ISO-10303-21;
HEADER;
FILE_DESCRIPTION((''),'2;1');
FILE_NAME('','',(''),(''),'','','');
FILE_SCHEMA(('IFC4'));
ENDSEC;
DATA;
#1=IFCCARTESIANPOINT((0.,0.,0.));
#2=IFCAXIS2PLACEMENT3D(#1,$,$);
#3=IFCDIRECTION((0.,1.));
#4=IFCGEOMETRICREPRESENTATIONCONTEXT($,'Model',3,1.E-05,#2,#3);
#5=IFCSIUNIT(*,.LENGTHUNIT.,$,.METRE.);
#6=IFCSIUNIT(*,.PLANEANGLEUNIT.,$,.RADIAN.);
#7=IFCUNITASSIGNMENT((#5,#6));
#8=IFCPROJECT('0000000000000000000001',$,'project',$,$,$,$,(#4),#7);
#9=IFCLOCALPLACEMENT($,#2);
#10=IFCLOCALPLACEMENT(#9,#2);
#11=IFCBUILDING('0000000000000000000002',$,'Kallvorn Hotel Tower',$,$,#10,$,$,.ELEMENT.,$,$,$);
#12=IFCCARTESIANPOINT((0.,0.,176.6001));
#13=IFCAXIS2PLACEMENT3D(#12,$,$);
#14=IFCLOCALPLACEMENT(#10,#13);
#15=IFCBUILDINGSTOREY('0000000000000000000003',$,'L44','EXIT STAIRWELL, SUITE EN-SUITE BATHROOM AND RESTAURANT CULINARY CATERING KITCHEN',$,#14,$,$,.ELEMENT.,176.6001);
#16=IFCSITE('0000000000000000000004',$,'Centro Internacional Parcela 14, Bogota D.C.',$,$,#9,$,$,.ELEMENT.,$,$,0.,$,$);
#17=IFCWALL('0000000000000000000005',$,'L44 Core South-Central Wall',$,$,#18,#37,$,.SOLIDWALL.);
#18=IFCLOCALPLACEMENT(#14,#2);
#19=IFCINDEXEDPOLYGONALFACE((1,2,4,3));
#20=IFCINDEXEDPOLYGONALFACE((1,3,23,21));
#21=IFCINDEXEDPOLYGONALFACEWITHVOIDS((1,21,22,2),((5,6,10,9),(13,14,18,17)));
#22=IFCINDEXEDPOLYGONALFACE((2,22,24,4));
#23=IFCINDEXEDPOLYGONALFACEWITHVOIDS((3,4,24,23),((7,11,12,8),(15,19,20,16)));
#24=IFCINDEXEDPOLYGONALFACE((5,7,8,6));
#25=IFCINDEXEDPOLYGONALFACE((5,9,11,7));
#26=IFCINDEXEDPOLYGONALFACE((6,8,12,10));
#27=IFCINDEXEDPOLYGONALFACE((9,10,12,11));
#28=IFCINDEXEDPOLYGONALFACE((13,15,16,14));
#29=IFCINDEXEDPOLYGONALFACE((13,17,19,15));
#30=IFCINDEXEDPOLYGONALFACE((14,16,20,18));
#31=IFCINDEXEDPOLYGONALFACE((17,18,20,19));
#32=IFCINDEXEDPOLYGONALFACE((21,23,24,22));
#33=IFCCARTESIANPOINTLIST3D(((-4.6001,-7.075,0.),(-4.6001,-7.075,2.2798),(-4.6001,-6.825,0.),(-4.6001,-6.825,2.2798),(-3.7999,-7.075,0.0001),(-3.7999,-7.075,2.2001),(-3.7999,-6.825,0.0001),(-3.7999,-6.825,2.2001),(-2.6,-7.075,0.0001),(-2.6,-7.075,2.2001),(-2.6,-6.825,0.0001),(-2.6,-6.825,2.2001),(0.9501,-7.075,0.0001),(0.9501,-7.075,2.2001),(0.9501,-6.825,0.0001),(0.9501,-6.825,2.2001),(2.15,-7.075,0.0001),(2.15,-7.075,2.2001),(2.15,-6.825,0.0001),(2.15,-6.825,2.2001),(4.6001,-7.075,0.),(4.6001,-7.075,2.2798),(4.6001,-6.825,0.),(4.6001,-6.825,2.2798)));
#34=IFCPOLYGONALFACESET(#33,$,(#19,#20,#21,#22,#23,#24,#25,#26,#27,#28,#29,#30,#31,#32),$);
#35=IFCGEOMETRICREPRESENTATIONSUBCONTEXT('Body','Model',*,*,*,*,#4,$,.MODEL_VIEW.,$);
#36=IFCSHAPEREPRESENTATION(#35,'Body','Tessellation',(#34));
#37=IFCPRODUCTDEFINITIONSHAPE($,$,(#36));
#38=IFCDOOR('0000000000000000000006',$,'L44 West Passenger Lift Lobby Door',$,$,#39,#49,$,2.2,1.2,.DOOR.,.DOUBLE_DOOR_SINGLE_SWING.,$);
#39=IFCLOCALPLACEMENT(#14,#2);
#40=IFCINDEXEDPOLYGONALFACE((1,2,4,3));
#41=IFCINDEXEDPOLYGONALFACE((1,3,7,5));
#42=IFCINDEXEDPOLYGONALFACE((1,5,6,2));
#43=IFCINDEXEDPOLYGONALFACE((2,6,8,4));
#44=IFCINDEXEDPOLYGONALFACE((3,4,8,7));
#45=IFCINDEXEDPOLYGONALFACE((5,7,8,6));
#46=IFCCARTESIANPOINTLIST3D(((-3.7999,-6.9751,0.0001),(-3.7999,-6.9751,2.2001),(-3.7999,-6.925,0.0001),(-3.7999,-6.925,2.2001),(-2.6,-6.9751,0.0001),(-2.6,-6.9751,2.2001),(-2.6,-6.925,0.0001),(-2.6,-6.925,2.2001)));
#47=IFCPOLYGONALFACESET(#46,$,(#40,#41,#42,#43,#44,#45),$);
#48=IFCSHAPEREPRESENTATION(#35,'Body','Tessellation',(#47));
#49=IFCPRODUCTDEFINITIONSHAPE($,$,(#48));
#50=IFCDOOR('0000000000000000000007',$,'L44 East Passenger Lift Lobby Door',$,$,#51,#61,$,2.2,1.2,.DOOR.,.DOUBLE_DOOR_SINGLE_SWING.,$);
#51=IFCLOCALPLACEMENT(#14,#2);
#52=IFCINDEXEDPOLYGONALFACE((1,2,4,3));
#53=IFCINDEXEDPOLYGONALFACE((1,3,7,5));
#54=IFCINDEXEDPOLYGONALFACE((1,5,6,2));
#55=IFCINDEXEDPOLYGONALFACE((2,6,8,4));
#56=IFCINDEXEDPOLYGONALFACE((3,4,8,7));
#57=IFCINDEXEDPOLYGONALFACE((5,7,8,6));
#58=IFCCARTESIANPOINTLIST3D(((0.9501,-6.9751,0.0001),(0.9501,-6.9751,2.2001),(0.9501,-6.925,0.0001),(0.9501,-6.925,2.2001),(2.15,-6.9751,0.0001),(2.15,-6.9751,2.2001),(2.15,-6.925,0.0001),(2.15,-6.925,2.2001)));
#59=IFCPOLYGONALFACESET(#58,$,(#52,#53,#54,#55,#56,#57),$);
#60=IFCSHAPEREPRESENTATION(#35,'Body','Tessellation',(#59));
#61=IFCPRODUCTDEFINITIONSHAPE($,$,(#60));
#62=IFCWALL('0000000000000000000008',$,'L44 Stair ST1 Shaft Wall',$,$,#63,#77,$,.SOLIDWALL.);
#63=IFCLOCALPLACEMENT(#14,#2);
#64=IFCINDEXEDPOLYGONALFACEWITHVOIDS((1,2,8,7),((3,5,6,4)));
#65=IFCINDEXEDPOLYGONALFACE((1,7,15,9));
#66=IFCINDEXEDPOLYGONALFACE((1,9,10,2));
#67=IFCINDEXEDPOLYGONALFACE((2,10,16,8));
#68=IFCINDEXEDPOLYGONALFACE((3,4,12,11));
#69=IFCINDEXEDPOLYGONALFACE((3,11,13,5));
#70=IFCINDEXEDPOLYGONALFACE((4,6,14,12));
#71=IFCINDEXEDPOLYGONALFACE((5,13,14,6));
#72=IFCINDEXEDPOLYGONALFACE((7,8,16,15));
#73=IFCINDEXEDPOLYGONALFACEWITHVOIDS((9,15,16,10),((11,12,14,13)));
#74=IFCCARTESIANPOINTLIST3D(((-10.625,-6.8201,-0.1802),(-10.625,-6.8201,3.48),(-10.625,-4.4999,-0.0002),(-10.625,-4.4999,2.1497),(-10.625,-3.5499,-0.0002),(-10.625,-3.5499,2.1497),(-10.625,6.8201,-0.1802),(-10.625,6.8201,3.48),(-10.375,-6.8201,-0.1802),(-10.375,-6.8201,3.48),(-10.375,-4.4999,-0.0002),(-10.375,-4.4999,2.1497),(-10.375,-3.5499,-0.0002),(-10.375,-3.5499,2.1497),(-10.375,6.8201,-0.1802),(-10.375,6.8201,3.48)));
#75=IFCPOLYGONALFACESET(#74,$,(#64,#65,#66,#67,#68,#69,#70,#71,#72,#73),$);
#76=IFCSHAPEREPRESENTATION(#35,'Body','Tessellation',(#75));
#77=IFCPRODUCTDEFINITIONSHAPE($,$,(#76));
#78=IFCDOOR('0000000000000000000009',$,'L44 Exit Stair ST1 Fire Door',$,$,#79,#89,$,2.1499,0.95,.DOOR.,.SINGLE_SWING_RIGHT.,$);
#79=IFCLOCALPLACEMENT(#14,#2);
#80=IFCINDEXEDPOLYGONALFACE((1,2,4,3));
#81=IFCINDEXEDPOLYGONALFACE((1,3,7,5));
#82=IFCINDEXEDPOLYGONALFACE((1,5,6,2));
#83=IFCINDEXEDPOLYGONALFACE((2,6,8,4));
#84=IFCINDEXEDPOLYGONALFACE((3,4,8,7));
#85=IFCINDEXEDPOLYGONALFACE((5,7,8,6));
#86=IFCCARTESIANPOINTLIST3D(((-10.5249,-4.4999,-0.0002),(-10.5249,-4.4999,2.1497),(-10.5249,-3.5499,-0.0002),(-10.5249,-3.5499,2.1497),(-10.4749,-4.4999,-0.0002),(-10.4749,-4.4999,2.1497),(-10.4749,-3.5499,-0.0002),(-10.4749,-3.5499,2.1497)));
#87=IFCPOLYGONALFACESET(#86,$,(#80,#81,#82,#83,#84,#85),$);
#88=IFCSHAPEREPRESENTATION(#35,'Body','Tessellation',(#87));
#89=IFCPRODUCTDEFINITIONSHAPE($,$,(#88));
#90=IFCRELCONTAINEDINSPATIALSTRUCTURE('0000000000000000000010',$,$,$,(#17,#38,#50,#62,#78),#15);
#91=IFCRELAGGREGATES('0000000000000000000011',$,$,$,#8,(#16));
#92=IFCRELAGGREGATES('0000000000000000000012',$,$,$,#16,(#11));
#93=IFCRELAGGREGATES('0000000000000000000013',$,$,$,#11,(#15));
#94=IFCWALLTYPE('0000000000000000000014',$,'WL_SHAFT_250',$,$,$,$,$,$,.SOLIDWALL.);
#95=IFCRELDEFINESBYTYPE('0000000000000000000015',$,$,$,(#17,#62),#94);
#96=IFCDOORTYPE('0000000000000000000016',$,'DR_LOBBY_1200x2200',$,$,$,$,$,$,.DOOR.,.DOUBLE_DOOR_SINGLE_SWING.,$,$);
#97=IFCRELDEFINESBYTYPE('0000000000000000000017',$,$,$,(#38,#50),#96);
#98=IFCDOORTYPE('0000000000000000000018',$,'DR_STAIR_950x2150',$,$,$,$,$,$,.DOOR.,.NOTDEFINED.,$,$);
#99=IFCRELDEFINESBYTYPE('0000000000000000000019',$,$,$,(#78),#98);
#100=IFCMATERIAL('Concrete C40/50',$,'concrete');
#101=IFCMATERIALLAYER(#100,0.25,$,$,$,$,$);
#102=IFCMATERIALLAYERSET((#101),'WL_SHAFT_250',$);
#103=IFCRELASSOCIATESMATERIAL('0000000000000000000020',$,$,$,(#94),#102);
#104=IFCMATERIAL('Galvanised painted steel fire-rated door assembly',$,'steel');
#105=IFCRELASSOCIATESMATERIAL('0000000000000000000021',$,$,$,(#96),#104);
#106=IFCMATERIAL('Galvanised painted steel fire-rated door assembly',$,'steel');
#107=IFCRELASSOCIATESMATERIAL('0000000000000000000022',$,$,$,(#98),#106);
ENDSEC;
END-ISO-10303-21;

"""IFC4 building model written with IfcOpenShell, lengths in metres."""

from ifc_helpers import new_model, si_unit, direction, frame, frame_2d, origin, place, context, subcontext, project, spatial, rectangle, extrude, material, layer, layer_set, type_object, element, fill, save


model = new_model("IFC4")

# Units and contexts
model_context = context("Model", 3, precision=1e-05, world=origin(), true_north=direction((0.0, 1.0)))
body_context = subcontext(model_context, "Body", "Model", "MODEL_VIEW")
ifc_project = project(units=[si_unit("LENGTHUNIT", "METRE"), si_unit("PLANEANGLEUNIT", "RADIAN")], contexts=[model_context])

# Site, building, storey
site_placement = place(None, origin())
site = spatial("IfcSite", under=ifc_project, at=site_placement, Name="Centro Internacional Parcela 14, Bogota D.C.", CompositionType="ELEMENT", RefElevation=0.0)
building_placement = place(site_placement, origin())
building = spatial("IfcBuilding", under=site, at=building_placement, Name="Kallvorn Hotel Tower", CompositionType="ELEMENT")
storey_placement = place(building_placement, frame((0.0, 0.0, 176.6001)))
storey = spatial("IfcBuildingStorey", under=building, at=storey_placement, Name="L44", Description="EXIT STAIRWELL, SUITE EN-SUITE BATHROOM AND RESTAURANT CULINARY CATERING KITCHEN", CompositionType="ELEMENT", Elevation=176.6001)

# Wall, openings, doors
ifc_material_1 = material(Name="Concrete C40/50", Category="concrete")
ifc_layer_1 = layer(ifc_material_1, 0.25)
ifc_layer_set_1 = layer_set([ifc_layer_1], Name="WL_SHAFT_250")
wall_type_1 = type_object("IfcWallType", Name="WL_SHAFT_250", PredefinedType="SOLIDWALL", material=ifc_layer_set_1)
wall_1_placement = place(storey_placement, frame((-4.6001, -6.95, 0.0), z_axis=(0.0, 0.0, 1.0), x_axis=(1.0, 0.0, 0.0)))
wall_1 = element("IfcWall", 1, at=wall_1_placement, inside=storey, type_object=wall_type_1, Name="L44 Core South-Central Wall", PredefinedType="SOLIDWALL", context=body_context, shape_type="SweptSolid", body=[
    extrude(rectangle(XDim=9.2002, YDim=0.25, at=frame_2d((4.6001, 0.0))), origin(), (0.0, 0.0, 1.0), 2.2798),
])
opening_1_placement = place(wall_1_placement, frame((0.8, 0.0, 0.0)))
opening_1 = element("IfcOpeningElement", 2, at=opening_1_placement, cuts=wall_1, PredefinedType="OPENING", context=body_context, shape_type="SweptSolid", body=[
    extrude(rectangle(XDim=1.2, YDim=2.2, at=frame_2d((0.6001, 1.1001))), frame((0.0, 0.1399, 0.0), z_axis=(0.0, -1.0, 0.0), x_axis=(1.0, 0.0, 0.0)), (0.0, 0.0, 1.0), 0.28),
])
opening_2_placement = place(wall_1_placement, frame((5.55, 0.0, 0.0)))
opening_2 = element("IfcOpeningElement", 3, at=opening_2_placement, cuts=wall_1, PredefinedType="OPENING", context=body_context, shape_type="SweptSolid", body=[
    extrude(rectangle(XDim=1.2, YDim=2.2, at=frame_2d((0.6001, 1.1001))), frame((0.0, 0.1399, 0.0), z_axis=(0.0, -1.0, 0.0), x_axis=(1.0, 0.0, 0.0)), (0.0, 0.0, 1.0), 0.28),
])
ifc_material_2 = material(Name="Galvanised painted steel fire-rated door assembly", Category="steel")
door_type_1 = type_object("IfcDoorType", Name="DR_LOBBY_1200x2200", OperationType="DOUBLE_DOOR_SINGLE_SWING", PredefinedType="DOOR", material=ifc_material_2)
door_1_placement = place(opening_1_placement, origin())
door_1 = element("IfcDoor", 4, at=door_1_placement, inside=storey, type_object=door_type_1, Name="L44 West Passenger Lift Lobby Door", OperationType="DOUBLE_DOOR_SINGLE_SWING", OverallHeight=2.2, OverallWidth=1.2, PredefinedType="DOOR", context=body_context, shape_type="SweptSolid", body=[
    extrude(rectangle(XDim=1.2, YDim=2.2, at=frame_2d((0.6001, 1.1001))), frame((0.0, 0.0249, 0.0), z_axis=(0.0, -1.0, 0.0), x_axis=(1.0, 0.0, 0.0)), (0.0, 0.0, 1.0), 0.05),
])
fill(opening_1, door_1)
door_2_placement = place(opening_2_placement, origin())
door_2 = element("IfcDoor", 5, at=door_2_placement, inside=storey, type_object=door_type_1, Name="L44 East Passenger Lift Lobby Door", OperationType="DOUBLE_DOOR_SINGLE_SWING", OverallHeight=2.2, OverallWidth=1.2, PredefinedType="DOOR", context=body_context, shape_type="SweptSolid", body=[
    extrude(rectangle(XDim=1.2, YDim=2.2, at=frame_2d((0.6001, 1.1001))), frame((0.0, 0.0249, 0.0), z_axis=(0.0, -1.0, 0.0), x_axis=(1.0, 0.0, 0.0)), (0.0, 0.0, 1.0), 0.05),
])
fill(opening_2, door_2)

# Wall, opening, door
wall_2_placement = place(storey_placement, frame((-10.5, -6.8201, -0.1802), z_axis=(0.0, 0.0, 1.0), x_axis=(0.0, 1.0, 0.0)))
wall_2 = element("IfcWall", 6, at=wall_2_placement, inside=storey, type_object=wall_type_1, Name="L44 Stair ST1 Shaft Wall", PredefinedType="SOLIDWALL", context=body_context, shape_type="SweptSolid", body=[
    extrude(rectangle(XDim=13.6401, YDim=0.25, at=frame_2d((6.8201, 0.0))), origin(), (0.0, 0.0, 1.0), 3.6602),
])
opening_3_placement = place(wall_2_placement, frame((2.3201, 0.0, 0.1799)))
opening_3 = element("IfcOpeningElement", 7, at=opening_3_placement, cuts=wall_2, PredefinedType="OPENING", context=body_context, shape_type="SweptSolid", body=[
    extrude(rectangle(XDim=0.95, YDim=2.1499, at=frame_2d((0.4751, 1.075))), frame((0.0, 0.1399, 0.0), z_axis=(0.0, -1.0, 0.0), x_axis=(1.0, 0.0, 0.0)), (0.0, 0.0, 1.0), 0.28),
])
ifc_material_3 = material(Name="Galvanised painted steel fire-rated door assembly", Category="steel")
door_type_2 = type_object("IfcDoorType", Name="DR_STAIR_950x2150", OperationType="NOTDEFINED", PredefinedType="DOOR", material=ifc_material_3)
door_3_placement = place(opening_3_placement, origin())
door_3 = element("IfcDoor", 8, at=door_3_placement, inside=storey, type_object=door_type_2, Name="L44 Exit Stair ST1 Fire Door", OperationType="SINGLE_SWING_RIGHT", OverallHeight=2.1499, OverallWidth=0.95, PredefinedType="DOOR", context=body_context, shape_type="SweptSolid", body=[
    extrude(rectangle(XDim=0.95, YDim=2.1499, at=frame_2d((0.4751, 1.075))), frame((0.0, 0.0249, 0.0), z_axis=(0.0, -1.0, 0.0), x_axis=(1.0, 0.0, 0.0)), (0.0, 0.0, 1.0), 0.05),
])
fill(opening_3, door_3)

save(model, "model.ifc")
